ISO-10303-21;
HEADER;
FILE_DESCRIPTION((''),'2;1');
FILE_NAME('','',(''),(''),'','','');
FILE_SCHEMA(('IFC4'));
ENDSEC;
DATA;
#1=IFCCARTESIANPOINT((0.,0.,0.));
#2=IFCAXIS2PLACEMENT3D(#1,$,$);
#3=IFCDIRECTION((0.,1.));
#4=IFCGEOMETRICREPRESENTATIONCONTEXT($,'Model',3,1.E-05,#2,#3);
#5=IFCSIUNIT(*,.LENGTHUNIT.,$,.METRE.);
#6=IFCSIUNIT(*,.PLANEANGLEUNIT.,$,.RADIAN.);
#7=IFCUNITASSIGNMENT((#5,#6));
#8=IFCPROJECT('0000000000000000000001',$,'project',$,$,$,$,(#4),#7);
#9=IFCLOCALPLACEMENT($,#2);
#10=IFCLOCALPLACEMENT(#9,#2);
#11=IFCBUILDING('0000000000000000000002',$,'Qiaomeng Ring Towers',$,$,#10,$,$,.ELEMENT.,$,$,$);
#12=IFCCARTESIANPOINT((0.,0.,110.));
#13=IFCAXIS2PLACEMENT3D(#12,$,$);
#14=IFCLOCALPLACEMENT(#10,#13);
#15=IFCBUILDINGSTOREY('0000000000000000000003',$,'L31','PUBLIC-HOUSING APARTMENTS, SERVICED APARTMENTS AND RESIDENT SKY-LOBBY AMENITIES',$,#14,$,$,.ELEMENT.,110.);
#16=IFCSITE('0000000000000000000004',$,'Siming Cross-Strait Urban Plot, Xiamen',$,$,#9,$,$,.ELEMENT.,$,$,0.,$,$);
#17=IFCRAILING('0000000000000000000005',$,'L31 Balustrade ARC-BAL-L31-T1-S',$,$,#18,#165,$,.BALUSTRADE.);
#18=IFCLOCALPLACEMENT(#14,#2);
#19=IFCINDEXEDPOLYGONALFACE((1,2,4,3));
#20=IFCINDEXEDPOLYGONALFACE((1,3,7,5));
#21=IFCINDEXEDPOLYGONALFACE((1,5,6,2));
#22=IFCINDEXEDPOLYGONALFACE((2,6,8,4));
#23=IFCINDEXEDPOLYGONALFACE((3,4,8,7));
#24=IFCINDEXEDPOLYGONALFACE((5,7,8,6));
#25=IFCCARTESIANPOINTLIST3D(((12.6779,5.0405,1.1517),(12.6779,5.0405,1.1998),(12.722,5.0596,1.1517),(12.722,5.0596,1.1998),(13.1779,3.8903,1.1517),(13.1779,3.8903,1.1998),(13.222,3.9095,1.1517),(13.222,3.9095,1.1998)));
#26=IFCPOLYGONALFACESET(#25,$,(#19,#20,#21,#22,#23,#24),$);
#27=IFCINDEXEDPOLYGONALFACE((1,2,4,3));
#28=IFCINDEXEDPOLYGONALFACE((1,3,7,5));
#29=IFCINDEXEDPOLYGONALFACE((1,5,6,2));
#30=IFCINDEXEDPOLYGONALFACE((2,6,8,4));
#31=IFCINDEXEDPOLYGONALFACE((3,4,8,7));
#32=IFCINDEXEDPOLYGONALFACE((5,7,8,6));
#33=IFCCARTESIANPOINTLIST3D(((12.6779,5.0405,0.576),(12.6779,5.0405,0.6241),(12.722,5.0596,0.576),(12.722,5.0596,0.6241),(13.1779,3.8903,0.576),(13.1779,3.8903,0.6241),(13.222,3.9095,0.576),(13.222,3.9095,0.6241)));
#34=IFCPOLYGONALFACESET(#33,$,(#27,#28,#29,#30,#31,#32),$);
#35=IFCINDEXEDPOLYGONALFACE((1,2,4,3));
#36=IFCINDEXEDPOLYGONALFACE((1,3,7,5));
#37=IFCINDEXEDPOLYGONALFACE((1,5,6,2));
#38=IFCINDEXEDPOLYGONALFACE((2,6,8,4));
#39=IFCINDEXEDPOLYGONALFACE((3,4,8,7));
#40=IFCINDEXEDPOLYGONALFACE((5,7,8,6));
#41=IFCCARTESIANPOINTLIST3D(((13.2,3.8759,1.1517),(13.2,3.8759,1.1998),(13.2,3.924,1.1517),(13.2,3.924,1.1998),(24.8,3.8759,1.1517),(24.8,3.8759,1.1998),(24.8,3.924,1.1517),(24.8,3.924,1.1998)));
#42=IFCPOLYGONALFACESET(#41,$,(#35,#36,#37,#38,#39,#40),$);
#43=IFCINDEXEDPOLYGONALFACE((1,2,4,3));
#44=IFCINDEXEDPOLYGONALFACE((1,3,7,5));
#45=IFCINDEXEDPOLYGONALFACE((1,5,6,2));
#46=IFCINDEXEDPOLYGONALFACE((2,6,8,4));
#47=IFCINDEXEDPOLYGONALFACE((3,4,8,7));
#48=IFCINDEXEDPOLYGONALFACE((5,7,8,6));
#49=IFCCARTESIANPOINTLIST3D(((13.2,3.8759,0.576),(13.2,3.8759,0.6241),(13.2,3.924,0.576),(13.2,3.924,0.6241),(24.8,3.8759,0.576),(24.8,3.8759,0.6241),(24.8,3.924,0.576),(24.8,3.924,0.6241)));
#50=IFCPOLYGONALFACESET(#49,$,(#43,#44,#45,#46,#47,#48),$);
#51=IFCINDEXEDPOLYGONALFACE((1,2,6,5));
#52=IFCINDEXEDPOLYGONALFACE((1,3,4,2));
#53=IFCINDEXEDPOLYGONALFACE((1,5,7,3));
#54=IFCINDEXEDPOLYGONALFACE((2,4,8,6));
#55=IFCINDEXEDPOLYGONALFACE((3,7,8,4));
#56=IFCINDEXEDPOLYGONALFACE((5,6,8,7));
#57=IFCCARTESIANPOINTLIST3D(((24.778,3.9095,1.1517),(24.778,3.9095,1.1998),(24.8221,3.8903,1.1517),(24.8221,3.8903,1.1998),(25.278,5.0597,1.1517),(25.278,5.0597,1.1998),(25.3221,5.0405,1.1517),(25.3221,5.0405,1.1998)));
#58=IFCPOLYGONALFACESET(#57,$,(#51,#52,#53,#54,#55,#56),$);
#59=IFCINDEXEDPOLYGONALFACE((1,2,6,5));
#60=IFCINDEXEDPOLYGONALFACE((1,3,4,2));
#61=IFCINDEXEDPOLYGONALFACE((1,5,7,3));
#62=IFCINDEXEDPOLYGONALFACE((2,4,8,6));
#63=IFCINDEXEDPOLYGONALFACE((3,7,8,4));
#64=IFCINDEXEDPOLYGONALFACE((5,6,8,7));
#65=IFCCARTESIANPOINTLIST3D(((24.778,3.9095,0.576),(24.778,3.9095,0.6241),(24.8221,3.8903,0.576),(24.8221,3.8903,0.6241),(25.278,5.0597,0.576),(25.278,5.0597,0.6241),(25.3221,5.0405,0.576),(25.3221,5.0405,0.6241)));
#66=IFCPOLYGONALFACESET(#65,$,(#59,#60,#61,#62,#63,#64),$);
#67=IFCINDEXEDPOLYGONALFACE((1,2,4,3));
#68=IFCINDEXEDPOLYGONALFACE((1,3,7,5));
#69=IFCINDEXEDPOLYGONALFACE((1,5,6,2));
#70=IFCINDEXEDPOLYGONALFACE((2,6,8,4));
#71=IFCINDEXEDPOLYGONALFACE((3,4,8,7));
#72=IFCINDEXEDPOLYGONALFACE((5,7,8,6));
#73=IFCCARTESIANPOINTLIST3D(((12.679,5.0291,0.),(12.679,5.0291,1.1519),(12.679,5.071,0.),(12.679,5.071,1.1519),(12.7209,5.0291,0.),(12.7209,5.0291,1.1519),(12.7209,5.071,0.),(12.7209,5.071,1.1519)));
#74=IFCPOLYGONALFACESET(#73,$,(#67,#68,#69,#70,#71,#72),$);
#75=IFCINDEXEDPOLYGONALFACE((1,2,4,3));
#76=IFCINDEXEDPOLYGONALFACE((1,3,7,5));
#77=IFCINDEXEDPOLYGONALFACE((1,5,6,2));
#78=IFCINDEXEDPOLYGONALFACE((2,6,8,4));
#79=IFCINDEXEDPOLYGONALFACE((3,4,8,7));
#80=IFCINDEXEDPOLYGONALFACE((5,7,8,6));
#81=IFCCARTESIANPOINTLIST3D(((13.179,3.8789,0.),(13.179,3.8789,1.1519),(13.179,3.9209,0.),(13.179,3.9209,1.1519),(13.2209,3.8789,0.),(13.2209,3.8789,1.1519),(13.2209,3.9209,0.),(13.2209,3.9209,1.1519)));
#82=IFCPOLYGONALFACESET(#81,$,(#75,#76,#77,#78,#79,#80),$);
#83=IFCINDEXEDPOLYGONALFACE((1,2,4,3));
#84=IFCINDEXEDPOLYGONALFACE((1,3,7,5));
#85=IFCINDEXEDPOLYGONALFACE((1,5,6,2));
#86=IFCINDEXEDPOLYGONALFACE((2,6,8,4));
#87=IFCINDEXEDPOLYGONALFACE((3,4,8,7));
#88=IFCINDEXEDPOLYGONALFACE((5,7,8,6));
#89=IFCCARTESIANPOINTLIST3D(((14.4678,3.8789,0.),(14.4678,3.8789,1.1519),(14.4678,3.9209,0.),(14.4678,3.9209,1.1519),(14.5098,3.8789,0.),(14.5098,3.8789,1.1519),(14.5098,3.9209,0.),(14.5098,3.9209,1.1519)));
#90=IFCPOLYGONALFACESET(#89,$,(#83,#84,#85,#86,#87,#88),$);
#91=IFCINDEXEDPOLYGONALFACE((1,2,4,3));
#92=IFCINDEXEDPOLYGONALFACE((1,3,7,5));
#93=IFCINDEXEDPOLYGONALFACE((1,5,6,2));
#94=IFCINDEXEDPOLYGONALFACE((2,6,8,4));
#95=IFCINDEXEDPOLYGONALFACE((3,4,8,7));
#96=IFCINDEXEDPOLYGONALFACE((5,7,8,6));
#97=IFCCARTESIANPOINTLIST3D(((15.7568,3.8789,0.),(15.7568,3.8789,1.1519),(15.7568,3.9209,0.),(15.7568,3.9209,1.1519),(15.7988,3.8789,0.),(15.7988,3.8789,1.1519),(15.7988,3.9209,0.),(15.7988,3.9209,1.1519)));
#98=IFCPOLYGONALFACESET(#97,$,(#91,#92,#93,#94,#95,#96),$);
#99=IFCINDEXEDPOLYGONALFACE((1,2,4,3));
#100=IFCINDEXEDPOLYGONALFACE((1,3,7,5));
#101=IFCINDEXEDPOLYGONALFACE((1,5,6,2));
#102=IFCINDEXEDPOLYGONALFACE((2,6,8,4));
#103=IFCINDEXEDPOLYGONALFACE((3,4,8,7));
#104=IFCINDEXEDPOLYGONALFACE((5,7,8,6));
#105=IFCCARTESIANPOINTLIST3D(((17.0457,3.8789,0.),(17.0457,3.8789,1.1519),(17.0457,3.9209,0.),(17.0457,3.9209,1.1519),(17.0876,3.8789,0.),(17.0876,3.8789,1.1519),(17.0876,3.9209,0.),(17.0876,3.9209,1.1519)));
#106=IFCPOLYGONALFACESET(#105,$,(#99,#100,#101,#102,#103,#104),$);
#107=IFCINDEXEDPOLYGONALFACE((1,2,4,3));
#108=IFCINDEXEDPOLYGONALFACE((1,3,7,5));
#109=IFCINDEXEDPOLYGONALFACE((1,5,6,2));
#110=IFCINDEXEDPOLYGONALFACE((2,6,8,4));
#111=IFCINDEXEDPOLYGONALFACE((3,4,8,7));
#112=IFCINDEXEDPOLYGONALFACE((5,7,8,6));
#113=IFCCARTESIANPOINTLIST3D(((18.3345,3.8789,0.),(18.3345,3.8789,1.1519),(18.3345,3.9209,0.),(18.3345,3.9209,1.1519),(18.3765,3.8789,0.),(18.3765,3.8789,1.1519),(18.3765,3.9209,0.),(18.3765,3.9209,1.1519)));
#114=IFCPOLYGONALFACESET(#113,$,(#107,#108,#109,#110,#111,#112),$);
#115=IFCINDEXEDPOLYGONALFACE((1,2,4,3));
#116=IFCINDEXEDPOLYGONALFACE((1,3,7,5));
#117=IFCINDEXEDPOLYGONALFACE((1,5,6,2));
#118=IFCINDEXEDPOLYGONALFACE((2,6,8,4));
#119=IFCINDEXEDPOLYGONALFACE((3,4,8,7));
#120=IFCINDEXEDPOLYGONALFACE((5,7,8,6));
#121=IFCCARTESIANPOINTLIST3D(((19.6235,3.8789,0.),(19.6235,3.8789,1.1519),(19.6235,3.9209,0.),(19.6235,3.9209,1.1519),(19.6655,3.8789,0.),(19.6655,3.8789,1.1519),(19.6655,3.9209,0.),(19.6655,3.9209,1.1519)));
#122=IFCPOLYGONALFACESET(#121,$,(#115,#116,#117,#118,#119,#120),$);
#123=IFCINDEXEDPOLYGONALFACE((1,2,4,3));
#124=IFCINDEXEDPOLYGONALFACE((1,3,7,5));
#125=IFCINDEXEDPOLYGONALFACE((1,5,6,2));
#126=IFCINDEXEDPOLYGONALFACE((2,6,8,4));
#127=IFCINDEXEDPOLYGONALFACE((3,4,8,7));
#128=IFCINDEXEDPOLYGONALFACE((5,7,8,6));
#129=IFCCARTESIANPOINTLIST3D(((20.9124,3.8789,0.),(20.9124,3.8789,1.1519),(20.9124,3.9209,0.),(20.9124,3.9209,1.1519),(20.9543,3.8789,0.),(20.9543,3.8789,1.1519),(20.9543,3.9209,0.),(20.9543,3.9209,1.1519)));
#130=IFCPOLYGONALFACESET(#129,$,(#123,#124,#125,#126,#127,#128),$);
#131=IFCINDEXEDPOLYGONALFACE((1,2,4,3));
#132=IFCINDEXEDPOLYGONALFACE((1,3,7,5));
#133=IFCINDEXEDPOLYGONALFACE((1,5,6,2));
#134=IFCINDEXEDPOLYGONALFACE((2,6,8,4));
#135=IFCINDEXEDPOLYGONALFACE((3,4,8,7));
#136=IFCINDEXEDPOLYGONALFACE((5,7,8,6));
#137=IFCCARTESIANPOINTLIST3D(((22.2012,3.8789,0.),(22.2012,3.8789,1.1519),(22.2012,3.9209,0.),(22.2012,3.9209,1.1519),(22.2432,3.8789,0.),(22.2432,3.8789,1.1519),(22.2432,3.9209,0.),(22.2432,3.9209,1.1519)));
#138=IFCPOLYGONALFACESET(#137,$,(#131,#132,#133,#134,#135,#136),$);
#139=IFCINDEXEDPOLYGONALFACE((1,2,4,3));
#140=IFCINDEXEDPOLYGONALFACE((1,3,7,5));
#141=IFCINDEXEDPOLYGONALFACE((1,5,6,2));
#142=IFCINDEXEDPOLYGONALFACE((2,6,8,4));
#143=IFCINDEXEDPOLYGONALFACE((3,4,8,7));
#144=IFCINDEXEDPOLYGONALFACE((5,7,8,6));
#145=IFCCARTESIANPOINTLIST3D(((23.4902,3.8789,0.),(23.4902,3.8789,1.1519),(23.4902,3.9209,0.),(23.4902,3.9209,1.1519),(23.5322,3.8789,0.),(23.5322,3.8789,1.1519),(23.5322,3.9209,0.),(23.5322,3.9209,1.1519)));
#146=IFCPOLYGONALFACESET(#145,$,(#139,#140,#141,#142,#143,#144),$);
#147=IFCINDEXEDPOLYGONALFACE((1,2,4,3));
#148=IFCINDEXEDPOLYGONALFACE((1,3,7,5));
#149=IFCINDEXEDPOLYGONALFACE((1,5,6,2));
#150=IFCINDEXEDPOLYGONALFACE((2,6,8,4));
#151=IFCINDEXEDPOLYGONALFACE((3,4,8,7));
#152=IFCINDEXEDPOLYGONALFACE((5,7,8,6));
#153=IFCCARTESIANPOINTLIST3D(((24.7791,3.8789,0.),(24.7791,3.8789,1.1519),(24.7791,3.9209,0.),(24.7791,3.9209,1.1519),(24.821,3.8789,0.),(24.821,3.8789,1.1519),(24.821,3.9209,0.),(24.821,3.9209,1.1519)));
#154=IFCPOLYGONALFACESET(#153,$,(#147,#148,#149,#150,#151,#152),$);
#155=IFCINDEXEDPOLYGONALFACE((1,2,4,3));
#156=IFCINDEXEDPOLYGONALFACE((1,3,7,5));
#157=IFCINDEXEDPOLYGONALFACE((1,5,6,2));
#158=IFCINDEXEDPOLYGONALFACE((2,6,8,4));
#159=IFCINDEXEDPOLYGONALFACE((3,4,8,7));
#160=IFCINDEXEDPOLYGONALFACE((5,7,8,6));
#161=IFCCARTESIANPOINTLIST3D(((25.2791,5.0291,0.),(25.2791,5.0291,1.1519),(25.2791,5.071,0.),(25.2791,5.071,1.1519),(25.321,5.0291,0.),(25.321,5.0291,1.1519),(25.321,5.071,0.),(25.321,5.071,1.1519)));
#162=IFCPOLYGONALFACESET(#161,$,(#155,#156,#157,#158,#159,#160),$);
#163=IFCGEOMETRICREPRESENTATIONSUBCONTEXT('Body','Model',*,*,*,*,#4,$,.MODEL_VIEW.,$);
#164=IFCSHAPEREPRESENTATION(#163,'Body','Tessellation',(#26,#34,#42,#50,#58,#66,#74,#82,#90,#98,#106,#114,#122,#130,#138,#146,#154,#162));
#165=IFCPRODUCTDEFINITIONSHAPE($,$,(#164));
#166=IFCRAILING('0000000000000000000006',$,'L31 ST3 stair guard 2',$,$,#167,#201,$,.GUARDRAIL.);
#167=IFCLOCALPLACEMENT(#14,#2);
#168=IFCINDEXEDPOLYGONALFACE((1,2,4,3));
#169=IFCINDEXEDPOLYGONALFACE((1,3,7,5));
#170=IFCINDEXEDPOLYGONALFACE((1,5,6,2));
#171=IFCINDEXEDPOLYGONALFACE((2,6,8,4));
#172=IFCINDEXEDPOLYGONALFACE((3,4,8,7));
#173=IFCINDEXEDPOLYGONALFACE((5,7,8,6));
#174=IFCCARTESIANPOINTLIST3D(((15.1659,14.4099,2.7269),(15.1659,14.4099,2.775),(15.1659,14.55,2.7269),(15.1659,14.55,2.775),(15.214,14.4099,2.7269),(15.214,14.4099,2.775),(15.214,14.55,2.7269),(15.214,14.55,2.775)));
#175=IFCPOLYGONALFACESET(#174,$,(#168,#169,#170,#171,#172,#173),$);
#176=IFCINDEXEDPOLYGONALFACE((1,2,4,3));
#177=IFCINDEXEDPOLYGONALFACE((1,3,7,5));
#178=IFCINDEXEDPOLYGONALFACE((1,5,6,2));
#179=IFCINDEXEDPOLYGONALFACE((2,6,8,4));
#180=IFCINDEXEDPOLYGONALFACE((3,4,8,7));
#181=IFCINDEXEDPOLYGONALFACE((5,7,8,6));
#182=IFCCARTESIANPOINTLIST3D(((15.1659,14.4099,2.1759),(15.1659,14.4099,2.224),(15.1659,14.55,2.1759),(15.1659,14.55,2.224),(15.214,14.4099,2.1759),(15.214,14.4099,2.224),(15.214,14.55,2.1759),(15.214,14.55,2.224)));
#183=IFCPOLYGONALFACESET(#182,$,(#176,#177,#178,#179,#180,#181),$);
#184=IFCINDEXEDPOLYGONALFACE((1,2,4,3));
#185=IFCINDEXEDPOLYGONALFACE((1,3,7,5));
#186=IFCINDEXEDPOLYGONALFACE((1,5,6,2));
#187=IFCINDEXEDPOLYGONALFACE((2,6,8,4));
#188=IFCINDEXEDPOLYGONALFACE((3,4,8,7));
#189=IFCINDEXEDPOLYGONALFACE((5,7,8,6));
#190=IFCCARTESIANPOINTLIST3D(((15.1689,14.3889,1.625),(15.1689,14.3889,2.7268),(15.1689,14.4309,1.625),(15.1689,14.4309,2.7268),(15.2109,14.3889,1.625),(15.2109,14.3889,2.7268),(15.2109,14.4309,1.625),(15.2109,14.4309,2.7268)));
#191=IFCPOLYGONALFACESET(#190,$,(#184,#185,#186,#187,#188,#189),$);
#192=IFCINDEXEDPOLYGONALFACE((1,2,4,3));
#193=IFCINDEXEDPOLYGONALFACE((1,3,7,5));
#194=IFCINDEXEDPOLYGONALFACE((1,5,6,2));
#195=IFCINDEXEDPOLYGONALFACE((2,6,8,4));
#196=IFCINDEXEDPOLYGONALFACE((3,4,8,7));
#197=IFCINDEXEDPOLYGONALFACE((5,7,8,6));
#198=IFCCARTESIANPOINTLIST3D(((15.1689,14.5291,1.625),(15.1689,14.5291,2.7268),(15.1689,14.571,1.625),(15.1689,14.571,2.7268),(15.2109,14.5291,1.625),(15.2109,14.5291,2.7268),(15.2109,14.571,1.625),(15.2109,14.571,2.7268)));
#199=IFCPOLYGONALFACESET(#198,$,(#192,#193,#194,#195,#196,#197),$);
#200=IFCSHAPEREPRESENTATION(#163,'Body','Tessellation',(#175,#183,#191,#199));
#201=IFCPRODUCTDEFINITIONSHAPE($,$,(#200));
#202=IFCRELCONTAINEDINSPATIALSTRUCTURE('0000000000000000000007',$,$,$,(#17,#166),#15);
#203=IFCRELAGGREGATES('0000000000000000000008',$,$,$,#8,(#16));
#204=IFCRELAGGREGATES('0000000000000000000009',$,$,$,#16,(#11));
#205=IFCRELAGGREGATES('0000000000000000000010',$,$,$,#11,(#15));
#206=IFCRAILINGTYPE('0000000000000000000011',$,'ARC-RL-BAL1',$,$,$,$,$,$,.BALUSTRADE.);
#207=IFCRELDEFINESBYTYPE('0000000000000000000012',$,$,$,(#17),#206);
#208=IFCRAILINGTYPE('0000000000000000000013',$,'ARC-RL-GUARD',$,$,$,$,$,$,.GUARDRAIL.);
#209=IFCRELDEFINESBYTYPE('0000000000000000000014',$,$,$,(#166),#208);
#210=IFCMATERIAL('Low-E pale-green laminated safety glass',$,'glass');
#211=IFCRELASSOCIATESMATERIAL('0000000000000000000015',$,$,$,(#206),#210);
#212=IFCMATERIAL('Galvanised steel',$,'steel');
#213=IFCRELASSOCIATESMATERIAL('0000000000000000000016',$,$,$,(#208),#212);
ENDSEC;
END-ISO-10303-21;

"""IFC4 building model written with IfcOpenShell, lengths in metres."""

from ifc_helpers import new_model, si_unit, direction, frame, origin, origin_2d, place, context, subcontext, project, spatial, rectangle, extrude, material, type_object, element, save


model = new_model("IFC4")

# Units and contexts
model_context = context("Model", 3, precision=1e-05, world=origin(), true_north=direction((0.0, 1.0)))
body_context = subcontext(model_context, "Body", "Model", "MODEL_VIEW")
ifc_project = project(units=[si_unit("LENGTHUNIT", "METRE"), si_unit("PLANEANGLEUNIT", "RADIAN")], contexts=[model_context])

# Site, building, storey
site_placement = place(None, origin())
site = spatial("IfcSite", under=ifc_project, at=site_placement, Name="Siming Cross-Strait Urban Plot, Xiamen", CompositionType="ELEMENT", RefElevation=0.0)
building_placement = place(site_placement, origin())
building = spatial("IfcBuilding", under=site, at=building_placement, Name="Qiaomeng Ring Towers", CompositionType="ELEMENT")
storey_placement = place(building_placement, frame((0.0, 0.0, 110.0)))
storey = spatial("IfcBuildingStorey", under=building, at=storey_placement, Name="L31", Description="PUBLIC-HOUSING APARTMENTS, SERVICED APARTMENTS AND RESIDENT SKY-LOBBY AMENITIES", CompositionType="ELEMENT", Elevation=110.0)

# Shared definitions
ifc_material_1 = material(Name="Galvanised steel", Category="steel")

# Railings
ifc_material_2 = material(Name="Low-E pale-green laminated safety glass", Category="glass")
railing_type_1 = type_object("IfcRailingType", Name="ARC-RL-BAL1", PredefinedType="BALUSTRADE", material=ifc_material_2)
railing_1_placement = place(storey_placement, frame((12.7, 5.05, 0.0)))
element("IfcRailing", 1, at=railing_1_placement, inside=storey, type_object=railing_type_1, Name="L31 Balustrade ARC-BAL-L31-T1-S", PredefinedType="BALUSTRADE", context=body_context, shape_type="SweptSolid", body=[
    extrude(rectangle(XDim=0.0481, YDim=0.0481, at=origin_2d()), frame((0.0, 0.0, 1.1758), z_axis=(0.398683, -0.917089, 0.0), x_axis=(0.917089, 0.398683, 0.0)), (0.0, 0.0, 1.0), 1.2542),
    extrude(rectangle(XDim=0.0481, YDim=0.0481, at=origin_2d()), frame((0.0, 0.0, 0.6001), z_axis=(0.398683, -0.917089, 0.0), x_axis=(0.917089, 0.398683, 0.0)), (0.0, 0.0, 1.0), 1.2542),
    extrude(rectangle(XDim=0.0481, YDim=0.0481, at=origin_2d()), frame((0.5, -1.1501, 1.1758), z_axis=(1.0, 0.0, 0.0), x_axis=(0.0, 1.0, 0.0)), (0.0, 0.0, 1.0), 11.6001),
    extrude(rectangle(XDim=0.0481, YDim=0.0481, at=origin_2d()), frame((0.5, -1.1501, 0.6001), z_axis=(1.0, 0.0, 0.0), x_axis=(0.0, 1.0, 0.0)), (0.0, 0.0, 1.0), 11.6001),
    extrude(rectangle(XDim=0.0481, YDim=0.0481, at=origin_2d()), frame((12.1001, -1.1501, 1.1758), z_axis=(0.398683, 0.917089, 0.0), x_axis=(-0.917089, 0.398683, 0.0)), (0.0, 0.0, 1.0), 1.2542),
    extrude(rectangle(XDim=0.0481, YDim=0.0481, at=origin_2d()), frame((12.1001, -1.1501, 0.6001), z_axis=(0.398683, 0.917089, 0.0), x_axis=(-0.917089, 0.398683, 0.0)), (0.0, 0.0, 1.0), 1.2542),
    extrude(rectangle(XDim=0.042, YDim=0.042, at=origin_2d()), origin(), (0.0, 0.0, 1.0), 1.1519),
    extrude(rectangle(XDim=0.042, YDim=0.042, at=origin_2d()), frame((0.5, -1.1501, 0.0)), (0.0, 0.0, 1.0), 1.1519),
    extrude(rectangle(XDim=0.042, YDim=0.042, at=origin_2d()), frame((1.7888, -1.1501, 0.0)), (0.0, 0.0, 1.0), 1.1519),
    extrude(rectangle(XDim=0.042, YDim=0.042, at=origin_2d()), frame((3.0779, -1.1501, 0.0)), (0.0, 0.0, 1.0), 1.1519),
    extrude(rectangle(XDim=0.042, YDim=0.042, at=origin_2d()), frame((4.3667, -1.1501, 0.0)), (0.0, 0.0, 1.0), 1.1519),
    extrude(rectangle(XDim=0.042, YDim=0.042, at=origin_2d()), frame((5.6555, -1.1501, 0.0)), (0.0, 0.0, 1.0), 1.1519),
    extrude(rectangle(XDim=0.042, YDim=0.042, at=origin_2d()), frame((6.9446, -1.1501, 0.0)), (0.0, 0.0, 1.0), 1.1519),
    extrude(rectangle(XDim=0.042, YDim=0.042, at=origin_2d()), frame((8.2334, -1.1501, 0.0)), (0.0, 0.0, 1.0), 1.1519),
    extrude(rectangle(XDim=0.042, YDim=0.042, at=origin_2d()), frame((9.5222, -1.1501, 0.0)), (0.0, 0.0, 1.0), 1.1519),
    extrude(rectangle(XDim=0.042, YDim=0.042, at=origin_2d()), frame((10.8113, -1.1501, 0.0)), (0.0, 0.0, 1.0), 1.1519),
    extrude(rectangle(XDim=0.042, YDim=0.042, at=origin_2d()), frame((12.1001, -1.1501, 0.0)), (0.0, 0.0, 1.0), 1.1519),
    extrude(rectangle(XDim=0.042, YDim=0.042, at=origin_2d()), frame((12.6001, 0.0, 0.0)), (0.0, 0.0, 1.0), 1.1519),
])
railing_type_2 = type_object("IfcRailingType", Name="ARC-RL-GUARD", PredefinedType="GUARDRAIL", material=ifc_material_1)
railing_2_placement = place(storey_placement, frame((15.1899, 14.4099, 1.625)))
element("IfcRailing", 2, at=railing_2_placement, inside=storey, type_object=railing_type_2, Name="L31 ST3 stair guard 2", PredefinedType="GUARDRAIL", context=body_context, shape_type="SweptSolid", body=[
    extrude(rectangle(XDim=0.0481, YDim=0.0481, at=origin_2d()), frame((0.0, 0.0, 1.126), z_axis=(0.0, 1.0, 0.0), x_axis=(-1.0, 0.0, 0.0)), (0.0, 0.0, 1.0), 0.1401),
    extrude(rectangle(XDim=0.0481, YDim=0.0481, at=origin_2d()), frame((0.0, 0.0, 0.575), z_axis=(0.0, 1.0, 0.0), x_axis=(-1.0, 0.0, 0.0)), (0.0, 0.0, 1.0), 0.1401),
    extrude(rectangle(XDim=0.042, YDim=0.042, at=origin_2d()), origin(), (0.0, 0.0, 1.0), 1.1018),
    extrude(rectangle(XDim=0.042, YDim=0.042, at=origin_2d()), frame((0.0, 0.1401, 0.0)), (0.0, 0.0, 1.0), 1.1018),
])

save(model, "model.ifc")
